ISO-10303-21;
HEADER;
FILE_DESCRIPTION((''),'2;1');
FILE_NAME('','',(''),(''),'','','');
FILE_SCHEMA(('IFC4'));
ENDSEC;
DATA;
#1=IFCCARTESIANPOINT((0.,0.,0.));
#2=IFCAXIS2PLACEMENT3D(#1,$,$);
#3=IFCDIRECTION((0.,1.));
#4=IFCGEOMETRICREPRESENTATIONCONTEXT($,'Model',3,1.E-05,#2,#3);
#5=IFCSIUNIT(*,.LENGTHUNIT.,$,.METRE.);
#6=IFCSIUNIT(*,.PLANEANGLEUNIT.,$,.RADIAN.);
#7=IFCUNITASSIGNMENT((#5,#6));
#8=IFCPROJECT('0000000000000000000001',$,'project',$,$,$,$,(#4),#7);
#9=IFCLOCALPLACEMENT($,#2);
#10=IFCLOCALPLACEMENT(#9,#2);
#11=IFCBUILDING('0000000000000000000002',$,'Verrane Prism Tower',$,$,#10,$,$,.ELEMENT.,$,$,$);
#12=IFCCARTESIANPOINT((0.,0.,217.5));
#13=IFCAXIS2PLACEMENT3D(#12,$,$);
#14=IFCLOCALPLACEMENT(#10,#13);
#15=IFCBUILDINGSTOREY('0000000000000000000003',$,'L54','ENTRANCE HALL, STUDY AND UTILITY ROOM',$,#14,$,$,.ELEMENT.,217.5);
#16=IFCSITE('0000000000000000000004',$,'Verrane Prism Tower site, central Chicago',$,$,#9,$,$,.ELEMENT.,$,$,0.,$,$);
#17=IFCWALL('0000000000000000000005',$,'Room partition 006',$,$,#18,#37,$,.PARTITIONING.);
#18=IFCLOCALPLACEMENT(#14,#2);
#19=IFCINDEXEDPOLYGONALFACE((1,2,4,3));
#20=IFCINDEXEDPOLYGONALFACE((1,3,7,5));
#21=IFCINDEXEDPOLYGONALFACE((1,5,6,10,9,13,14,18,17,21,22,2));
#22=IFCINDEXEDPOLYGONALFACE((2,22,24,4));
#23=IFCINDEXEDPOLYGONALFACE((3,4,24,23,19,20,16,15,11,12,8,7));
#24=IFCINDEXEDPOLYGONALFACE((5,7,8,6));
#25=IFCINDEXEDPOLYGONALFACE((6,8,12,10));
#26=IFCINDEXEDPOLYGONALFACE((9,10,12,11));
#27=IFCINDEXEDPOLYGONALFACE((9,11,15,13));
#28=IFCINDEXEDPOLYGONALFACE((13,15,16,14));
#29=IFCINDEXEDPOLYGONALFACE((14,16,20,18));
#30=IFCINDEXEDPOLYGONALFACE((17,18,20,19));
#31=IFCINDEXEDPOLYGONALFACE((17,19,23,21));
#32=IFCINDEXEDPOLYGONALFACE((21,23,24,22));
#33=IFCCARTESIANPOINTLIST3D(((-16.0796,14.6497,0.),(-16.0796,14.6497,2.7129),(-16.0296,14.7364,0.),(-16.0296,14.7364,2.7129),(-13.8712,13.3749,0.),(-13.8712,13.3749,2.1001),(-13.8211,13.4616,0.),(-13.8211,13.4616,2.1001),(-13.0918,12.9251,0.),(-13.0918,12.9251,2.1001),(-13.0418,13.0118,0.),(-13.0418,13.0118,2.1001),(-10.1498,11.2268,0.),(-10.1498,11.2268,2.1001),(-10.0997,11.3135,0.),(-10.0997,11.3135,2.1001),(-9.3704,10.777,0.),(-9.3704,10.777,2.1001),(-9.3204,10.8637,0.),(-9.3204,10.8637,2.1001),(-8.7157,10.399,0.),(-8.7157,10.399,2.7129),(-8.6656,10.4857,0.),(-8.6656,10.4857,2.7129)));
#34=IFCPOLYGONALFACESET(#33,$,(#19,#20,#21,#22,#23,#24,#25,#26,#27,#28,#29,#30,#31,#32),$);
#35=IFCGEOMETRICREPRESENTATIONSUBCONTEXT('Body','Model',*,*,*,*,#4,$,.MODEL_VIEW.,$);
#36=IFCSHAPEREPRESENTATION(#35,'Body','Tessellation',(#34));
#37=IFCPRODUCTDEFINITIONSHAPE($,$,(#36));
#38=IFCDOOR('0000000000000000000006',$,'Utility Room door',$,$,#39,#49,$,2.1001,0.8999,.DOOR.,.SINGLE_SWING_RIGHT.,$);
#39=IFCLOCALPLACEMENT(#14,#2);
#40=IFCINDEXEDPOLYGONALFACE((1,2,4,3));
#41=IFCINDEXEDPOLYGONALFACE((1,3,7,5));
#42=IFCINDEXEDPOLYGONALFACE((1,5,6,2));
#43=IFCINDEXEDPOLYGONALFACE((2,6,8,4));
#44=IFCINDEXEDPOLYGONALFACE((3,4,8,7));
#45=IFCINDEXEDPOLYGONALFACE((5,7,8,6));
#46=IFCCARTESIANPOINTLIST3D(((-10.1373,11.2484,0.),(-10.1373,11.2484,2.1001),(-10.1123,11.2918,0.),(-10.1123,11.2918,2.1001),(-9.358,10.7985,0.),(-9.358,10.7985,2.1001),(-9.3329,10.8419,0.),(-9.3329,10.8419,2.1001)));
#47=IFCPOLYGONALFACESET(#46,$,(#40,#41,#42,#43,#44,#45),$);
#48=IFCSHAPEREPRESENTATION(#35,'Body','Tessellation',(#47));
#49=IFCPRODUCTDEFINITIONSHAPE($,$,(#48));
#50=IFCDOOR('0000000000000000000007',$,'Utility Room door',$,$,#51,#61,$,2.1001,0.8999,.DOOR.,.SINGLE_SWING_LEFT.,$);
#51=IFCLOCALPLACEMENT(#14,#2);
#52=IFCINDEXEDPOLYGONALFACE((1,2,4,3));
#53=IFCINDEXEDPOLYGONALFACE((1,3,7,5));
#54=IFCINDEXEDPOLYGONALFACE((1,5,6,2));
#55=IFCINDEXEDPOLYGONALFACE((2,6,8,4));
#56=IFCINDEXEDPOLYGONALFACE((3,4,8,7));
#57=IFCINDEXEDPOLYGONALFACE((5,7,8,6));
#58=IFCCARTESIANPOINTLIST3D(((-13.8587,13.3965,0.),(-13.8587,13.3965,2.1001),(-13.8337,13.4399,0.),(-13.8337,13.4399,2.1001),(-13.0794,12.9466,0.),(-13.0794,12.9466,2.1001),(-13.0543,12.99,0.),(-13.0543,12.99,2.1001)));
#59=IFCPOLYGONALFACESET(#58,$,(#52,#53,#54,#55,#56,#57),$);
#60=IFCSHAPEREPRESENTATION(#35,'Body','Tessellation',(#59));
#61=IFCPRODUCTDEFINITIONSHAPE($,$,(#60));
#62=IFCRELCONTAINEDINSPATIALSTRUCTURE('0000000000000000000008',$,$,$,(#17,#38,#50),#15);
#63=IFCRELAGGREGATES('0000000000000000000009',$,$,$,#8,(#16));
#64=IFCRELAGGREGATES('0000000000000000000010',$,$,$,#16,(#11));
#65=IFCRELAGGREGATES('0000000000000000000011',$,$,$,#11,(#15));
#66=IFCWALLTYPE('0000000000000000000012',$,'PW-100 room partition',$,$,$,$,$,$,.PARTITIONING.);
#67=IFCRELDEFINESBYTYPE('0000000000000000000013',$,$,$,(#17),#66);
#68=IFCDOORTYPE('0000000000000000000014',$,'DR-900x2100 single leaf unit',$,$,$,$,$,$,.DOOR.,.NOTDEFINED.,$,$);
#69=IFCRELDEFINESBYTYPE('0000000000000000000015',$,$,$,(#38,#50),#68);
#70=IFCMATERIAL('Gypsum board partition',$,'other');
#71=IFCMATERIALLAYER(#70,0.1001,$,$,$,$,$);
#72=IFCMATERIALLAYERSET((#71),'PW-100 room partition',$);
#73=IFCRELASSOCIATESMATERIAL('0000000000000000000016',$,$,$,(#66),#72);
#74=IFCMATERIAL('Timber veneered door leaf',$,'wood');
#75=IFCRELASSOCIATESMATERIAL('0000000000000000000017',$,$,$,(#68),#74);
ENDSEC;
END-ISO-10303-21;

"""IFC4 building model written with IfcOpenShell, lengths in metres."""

from ifc_helpers import new_model, si_unit, direction, frame, frame_2d, origin, place, context, subcontext, project, spatial, rectangle, extrude, material, layer, layer_set, type_object, element, fill, save


model = new_model("IFC4")

# Units and contexts
model_context = context("Model", 3, precision=1e-05, world=origin(), true_north=direction((0.0, 1.0)))
body_context = subcontext(model_context, "Body", "Model", "MODEL_VIEW")
ifc_project = project(units=[si_unit("LENGTHUNIT", "METRE"), si_unit("PLANEANGLEUNIT", "RADIAN")], contexts=[model_context])

# Site, building, storey
site_placement = place(None, origin())
site = spatial("IfcSite", under=ifc_project, at=site_placement, Name="Verrane Prism Tower site, central Chicago", CompositionType="ELEMENT", RefElevation=0.0)
building_placement = place(site_placement, origin())
building = spatial("IfcBuilding", under=site, at=building_placement, Name="Verrane Prism Tower", CompositionType="ELEMENT")
storey_placement = place(building_placement, frame((0.0, 0.0, 217.5)))
storey = spatial("IfcBuildingStorey", under=building, at=storey_placement, Name="L54", Description="ENTRANCE HALL, STUDY AND UTILITY ROOM", CompositionType="ELEMENT", Elevation=217.5)

# Wall, openings, doors
ifc_material_1 = material(Name="Gypsum board partition", Category="other")
ifc_layer_1 = layer(ifc_material_1, 0.1001)
ifc_layer_set_1 = layer_set([ifc_layer_1], Name="PW-100 room partition")
wall_type = type_object("IfcWallType", Name="PW-100 room partition", PredefinedType="PARTITIONING", material=ifc_layer_set_1)
wall_placement = place(storey_placement, frame((-16.0547, 14.6931, 0.0), z_axis=(0.0, 0.0, 1.0), x_axis=(0.86607, -0.499922, 0.0)))
wall = element("IfcWall", 1, at=wall_placement, inside=storey, type_object=wall_type, Name="Room partition 006", PredefinedType="PARTITIONING", context=body_context, shape_type="SweptSolid", body=[
    extrude(rectangle(XDim=8.5027, YDim=0.1001, at=frame_2d((4.2515, 0.0))), origin(), (0.0, 0.0, 1.0), 2.7129),
])
opening_1_placement = place(wall_placement, frame((6.8469, 0.0, 0.0)))
opening_1 = element("IfcOpeningElement", 2, at=opening_1_placement, cuts=wall, PredefinedType="OPENING", context=body_context, shape_type="SweptSolid", body=[
    extrude(rectangle(XDim=0.8999, YDim=2.1001, at=frame_2d((0.45, 1.05))), frame((0.0, 0.0601, 0.0), z_axis=(0.0, -1.0, 0.0), x_axis=(1.0, 0.0, 0.0)), (0.0, 0.0, 1.0), 0.1201),
])
opening_2_placement = place(wall_placement, frame((2.55, 0.0, 0.0)))
opening_2 = element("IfcOpeningElement", 3, at=opening_2_placement, cuts=wall, PredefinedType="OPENING", context=body_context, shape_type="SweptSolid", body=[
    extrude(rectangle(XDim=0.8999, YDim=2.1001, at=frame_2d((0.45, 1.05))), frame((0.0, 0.0601, 0.0), z_axis=(0.0, -1.0, 0.0), x_axis=(1.0, 0.0, 0.0)), (0.0, 0.0, 1.0), 0.1201),
])
ifc_material_2 = material(Name="Timber veneered door leaf", Category="wood")
door_type = type_object("IfcDoorType", Name="DR-900x2100 single leaf unit", OperationType="NOTDEFINED", PredefinedType="DOOR", material=ifc_material_2)
door_1_placement = place(opening_1_placement, origin())
door_1 = element("IfcDoor", 4, at=door_1_placement, inside=storey, type_object=door_type, Name="Utility Room door", OperationType="SINGLE_SWING_RIGHT", OverallHeight=2.1001, OverallWidth=0.8999, PredefinedType="DOOR", context=body_context, shape_type="SweptSolid", body=[
    extrude(rectangle(XDim=0.8999, YDim=2.1001, at=frame_2d((0.45, 1.05))), frame((0.0, 0.0249, 0.0), z_axis=(0.0, -1.0, 0.0), x_axis=(1.0, 0.0, 0.0)), (0.0, 0.0, 1.0), 0.05),
])
fill(opening_1, door_1)
door_2_placement = place(opening_2_placement, origin())
door_2 = element("IfcDoor", 5, at=door_2_placement, inside=storey, type_object=door_type, Name="Utility Room door", OperationType="SINGLE_SWING_LEFT", OverallHeight=2.1001, OverallWidth=0.8999, PredefinedType="DOOR", context=body_context, shape_type="SweptSolid", body=[
    extrude(rectangle(XDim=0.8999, YDim=2.1001, at=frame_2d((0.45, 1.05))), frame((0.0, 0.0249, 0.0), z_axis=(0.0, -1.0, 0.0), x_axis=(1.0, 0.0, 0.0)), (0.0, 0.0, 1.0), 0.05),
])
fill(opening_2, door_2)

save(model, "model.ifc")
